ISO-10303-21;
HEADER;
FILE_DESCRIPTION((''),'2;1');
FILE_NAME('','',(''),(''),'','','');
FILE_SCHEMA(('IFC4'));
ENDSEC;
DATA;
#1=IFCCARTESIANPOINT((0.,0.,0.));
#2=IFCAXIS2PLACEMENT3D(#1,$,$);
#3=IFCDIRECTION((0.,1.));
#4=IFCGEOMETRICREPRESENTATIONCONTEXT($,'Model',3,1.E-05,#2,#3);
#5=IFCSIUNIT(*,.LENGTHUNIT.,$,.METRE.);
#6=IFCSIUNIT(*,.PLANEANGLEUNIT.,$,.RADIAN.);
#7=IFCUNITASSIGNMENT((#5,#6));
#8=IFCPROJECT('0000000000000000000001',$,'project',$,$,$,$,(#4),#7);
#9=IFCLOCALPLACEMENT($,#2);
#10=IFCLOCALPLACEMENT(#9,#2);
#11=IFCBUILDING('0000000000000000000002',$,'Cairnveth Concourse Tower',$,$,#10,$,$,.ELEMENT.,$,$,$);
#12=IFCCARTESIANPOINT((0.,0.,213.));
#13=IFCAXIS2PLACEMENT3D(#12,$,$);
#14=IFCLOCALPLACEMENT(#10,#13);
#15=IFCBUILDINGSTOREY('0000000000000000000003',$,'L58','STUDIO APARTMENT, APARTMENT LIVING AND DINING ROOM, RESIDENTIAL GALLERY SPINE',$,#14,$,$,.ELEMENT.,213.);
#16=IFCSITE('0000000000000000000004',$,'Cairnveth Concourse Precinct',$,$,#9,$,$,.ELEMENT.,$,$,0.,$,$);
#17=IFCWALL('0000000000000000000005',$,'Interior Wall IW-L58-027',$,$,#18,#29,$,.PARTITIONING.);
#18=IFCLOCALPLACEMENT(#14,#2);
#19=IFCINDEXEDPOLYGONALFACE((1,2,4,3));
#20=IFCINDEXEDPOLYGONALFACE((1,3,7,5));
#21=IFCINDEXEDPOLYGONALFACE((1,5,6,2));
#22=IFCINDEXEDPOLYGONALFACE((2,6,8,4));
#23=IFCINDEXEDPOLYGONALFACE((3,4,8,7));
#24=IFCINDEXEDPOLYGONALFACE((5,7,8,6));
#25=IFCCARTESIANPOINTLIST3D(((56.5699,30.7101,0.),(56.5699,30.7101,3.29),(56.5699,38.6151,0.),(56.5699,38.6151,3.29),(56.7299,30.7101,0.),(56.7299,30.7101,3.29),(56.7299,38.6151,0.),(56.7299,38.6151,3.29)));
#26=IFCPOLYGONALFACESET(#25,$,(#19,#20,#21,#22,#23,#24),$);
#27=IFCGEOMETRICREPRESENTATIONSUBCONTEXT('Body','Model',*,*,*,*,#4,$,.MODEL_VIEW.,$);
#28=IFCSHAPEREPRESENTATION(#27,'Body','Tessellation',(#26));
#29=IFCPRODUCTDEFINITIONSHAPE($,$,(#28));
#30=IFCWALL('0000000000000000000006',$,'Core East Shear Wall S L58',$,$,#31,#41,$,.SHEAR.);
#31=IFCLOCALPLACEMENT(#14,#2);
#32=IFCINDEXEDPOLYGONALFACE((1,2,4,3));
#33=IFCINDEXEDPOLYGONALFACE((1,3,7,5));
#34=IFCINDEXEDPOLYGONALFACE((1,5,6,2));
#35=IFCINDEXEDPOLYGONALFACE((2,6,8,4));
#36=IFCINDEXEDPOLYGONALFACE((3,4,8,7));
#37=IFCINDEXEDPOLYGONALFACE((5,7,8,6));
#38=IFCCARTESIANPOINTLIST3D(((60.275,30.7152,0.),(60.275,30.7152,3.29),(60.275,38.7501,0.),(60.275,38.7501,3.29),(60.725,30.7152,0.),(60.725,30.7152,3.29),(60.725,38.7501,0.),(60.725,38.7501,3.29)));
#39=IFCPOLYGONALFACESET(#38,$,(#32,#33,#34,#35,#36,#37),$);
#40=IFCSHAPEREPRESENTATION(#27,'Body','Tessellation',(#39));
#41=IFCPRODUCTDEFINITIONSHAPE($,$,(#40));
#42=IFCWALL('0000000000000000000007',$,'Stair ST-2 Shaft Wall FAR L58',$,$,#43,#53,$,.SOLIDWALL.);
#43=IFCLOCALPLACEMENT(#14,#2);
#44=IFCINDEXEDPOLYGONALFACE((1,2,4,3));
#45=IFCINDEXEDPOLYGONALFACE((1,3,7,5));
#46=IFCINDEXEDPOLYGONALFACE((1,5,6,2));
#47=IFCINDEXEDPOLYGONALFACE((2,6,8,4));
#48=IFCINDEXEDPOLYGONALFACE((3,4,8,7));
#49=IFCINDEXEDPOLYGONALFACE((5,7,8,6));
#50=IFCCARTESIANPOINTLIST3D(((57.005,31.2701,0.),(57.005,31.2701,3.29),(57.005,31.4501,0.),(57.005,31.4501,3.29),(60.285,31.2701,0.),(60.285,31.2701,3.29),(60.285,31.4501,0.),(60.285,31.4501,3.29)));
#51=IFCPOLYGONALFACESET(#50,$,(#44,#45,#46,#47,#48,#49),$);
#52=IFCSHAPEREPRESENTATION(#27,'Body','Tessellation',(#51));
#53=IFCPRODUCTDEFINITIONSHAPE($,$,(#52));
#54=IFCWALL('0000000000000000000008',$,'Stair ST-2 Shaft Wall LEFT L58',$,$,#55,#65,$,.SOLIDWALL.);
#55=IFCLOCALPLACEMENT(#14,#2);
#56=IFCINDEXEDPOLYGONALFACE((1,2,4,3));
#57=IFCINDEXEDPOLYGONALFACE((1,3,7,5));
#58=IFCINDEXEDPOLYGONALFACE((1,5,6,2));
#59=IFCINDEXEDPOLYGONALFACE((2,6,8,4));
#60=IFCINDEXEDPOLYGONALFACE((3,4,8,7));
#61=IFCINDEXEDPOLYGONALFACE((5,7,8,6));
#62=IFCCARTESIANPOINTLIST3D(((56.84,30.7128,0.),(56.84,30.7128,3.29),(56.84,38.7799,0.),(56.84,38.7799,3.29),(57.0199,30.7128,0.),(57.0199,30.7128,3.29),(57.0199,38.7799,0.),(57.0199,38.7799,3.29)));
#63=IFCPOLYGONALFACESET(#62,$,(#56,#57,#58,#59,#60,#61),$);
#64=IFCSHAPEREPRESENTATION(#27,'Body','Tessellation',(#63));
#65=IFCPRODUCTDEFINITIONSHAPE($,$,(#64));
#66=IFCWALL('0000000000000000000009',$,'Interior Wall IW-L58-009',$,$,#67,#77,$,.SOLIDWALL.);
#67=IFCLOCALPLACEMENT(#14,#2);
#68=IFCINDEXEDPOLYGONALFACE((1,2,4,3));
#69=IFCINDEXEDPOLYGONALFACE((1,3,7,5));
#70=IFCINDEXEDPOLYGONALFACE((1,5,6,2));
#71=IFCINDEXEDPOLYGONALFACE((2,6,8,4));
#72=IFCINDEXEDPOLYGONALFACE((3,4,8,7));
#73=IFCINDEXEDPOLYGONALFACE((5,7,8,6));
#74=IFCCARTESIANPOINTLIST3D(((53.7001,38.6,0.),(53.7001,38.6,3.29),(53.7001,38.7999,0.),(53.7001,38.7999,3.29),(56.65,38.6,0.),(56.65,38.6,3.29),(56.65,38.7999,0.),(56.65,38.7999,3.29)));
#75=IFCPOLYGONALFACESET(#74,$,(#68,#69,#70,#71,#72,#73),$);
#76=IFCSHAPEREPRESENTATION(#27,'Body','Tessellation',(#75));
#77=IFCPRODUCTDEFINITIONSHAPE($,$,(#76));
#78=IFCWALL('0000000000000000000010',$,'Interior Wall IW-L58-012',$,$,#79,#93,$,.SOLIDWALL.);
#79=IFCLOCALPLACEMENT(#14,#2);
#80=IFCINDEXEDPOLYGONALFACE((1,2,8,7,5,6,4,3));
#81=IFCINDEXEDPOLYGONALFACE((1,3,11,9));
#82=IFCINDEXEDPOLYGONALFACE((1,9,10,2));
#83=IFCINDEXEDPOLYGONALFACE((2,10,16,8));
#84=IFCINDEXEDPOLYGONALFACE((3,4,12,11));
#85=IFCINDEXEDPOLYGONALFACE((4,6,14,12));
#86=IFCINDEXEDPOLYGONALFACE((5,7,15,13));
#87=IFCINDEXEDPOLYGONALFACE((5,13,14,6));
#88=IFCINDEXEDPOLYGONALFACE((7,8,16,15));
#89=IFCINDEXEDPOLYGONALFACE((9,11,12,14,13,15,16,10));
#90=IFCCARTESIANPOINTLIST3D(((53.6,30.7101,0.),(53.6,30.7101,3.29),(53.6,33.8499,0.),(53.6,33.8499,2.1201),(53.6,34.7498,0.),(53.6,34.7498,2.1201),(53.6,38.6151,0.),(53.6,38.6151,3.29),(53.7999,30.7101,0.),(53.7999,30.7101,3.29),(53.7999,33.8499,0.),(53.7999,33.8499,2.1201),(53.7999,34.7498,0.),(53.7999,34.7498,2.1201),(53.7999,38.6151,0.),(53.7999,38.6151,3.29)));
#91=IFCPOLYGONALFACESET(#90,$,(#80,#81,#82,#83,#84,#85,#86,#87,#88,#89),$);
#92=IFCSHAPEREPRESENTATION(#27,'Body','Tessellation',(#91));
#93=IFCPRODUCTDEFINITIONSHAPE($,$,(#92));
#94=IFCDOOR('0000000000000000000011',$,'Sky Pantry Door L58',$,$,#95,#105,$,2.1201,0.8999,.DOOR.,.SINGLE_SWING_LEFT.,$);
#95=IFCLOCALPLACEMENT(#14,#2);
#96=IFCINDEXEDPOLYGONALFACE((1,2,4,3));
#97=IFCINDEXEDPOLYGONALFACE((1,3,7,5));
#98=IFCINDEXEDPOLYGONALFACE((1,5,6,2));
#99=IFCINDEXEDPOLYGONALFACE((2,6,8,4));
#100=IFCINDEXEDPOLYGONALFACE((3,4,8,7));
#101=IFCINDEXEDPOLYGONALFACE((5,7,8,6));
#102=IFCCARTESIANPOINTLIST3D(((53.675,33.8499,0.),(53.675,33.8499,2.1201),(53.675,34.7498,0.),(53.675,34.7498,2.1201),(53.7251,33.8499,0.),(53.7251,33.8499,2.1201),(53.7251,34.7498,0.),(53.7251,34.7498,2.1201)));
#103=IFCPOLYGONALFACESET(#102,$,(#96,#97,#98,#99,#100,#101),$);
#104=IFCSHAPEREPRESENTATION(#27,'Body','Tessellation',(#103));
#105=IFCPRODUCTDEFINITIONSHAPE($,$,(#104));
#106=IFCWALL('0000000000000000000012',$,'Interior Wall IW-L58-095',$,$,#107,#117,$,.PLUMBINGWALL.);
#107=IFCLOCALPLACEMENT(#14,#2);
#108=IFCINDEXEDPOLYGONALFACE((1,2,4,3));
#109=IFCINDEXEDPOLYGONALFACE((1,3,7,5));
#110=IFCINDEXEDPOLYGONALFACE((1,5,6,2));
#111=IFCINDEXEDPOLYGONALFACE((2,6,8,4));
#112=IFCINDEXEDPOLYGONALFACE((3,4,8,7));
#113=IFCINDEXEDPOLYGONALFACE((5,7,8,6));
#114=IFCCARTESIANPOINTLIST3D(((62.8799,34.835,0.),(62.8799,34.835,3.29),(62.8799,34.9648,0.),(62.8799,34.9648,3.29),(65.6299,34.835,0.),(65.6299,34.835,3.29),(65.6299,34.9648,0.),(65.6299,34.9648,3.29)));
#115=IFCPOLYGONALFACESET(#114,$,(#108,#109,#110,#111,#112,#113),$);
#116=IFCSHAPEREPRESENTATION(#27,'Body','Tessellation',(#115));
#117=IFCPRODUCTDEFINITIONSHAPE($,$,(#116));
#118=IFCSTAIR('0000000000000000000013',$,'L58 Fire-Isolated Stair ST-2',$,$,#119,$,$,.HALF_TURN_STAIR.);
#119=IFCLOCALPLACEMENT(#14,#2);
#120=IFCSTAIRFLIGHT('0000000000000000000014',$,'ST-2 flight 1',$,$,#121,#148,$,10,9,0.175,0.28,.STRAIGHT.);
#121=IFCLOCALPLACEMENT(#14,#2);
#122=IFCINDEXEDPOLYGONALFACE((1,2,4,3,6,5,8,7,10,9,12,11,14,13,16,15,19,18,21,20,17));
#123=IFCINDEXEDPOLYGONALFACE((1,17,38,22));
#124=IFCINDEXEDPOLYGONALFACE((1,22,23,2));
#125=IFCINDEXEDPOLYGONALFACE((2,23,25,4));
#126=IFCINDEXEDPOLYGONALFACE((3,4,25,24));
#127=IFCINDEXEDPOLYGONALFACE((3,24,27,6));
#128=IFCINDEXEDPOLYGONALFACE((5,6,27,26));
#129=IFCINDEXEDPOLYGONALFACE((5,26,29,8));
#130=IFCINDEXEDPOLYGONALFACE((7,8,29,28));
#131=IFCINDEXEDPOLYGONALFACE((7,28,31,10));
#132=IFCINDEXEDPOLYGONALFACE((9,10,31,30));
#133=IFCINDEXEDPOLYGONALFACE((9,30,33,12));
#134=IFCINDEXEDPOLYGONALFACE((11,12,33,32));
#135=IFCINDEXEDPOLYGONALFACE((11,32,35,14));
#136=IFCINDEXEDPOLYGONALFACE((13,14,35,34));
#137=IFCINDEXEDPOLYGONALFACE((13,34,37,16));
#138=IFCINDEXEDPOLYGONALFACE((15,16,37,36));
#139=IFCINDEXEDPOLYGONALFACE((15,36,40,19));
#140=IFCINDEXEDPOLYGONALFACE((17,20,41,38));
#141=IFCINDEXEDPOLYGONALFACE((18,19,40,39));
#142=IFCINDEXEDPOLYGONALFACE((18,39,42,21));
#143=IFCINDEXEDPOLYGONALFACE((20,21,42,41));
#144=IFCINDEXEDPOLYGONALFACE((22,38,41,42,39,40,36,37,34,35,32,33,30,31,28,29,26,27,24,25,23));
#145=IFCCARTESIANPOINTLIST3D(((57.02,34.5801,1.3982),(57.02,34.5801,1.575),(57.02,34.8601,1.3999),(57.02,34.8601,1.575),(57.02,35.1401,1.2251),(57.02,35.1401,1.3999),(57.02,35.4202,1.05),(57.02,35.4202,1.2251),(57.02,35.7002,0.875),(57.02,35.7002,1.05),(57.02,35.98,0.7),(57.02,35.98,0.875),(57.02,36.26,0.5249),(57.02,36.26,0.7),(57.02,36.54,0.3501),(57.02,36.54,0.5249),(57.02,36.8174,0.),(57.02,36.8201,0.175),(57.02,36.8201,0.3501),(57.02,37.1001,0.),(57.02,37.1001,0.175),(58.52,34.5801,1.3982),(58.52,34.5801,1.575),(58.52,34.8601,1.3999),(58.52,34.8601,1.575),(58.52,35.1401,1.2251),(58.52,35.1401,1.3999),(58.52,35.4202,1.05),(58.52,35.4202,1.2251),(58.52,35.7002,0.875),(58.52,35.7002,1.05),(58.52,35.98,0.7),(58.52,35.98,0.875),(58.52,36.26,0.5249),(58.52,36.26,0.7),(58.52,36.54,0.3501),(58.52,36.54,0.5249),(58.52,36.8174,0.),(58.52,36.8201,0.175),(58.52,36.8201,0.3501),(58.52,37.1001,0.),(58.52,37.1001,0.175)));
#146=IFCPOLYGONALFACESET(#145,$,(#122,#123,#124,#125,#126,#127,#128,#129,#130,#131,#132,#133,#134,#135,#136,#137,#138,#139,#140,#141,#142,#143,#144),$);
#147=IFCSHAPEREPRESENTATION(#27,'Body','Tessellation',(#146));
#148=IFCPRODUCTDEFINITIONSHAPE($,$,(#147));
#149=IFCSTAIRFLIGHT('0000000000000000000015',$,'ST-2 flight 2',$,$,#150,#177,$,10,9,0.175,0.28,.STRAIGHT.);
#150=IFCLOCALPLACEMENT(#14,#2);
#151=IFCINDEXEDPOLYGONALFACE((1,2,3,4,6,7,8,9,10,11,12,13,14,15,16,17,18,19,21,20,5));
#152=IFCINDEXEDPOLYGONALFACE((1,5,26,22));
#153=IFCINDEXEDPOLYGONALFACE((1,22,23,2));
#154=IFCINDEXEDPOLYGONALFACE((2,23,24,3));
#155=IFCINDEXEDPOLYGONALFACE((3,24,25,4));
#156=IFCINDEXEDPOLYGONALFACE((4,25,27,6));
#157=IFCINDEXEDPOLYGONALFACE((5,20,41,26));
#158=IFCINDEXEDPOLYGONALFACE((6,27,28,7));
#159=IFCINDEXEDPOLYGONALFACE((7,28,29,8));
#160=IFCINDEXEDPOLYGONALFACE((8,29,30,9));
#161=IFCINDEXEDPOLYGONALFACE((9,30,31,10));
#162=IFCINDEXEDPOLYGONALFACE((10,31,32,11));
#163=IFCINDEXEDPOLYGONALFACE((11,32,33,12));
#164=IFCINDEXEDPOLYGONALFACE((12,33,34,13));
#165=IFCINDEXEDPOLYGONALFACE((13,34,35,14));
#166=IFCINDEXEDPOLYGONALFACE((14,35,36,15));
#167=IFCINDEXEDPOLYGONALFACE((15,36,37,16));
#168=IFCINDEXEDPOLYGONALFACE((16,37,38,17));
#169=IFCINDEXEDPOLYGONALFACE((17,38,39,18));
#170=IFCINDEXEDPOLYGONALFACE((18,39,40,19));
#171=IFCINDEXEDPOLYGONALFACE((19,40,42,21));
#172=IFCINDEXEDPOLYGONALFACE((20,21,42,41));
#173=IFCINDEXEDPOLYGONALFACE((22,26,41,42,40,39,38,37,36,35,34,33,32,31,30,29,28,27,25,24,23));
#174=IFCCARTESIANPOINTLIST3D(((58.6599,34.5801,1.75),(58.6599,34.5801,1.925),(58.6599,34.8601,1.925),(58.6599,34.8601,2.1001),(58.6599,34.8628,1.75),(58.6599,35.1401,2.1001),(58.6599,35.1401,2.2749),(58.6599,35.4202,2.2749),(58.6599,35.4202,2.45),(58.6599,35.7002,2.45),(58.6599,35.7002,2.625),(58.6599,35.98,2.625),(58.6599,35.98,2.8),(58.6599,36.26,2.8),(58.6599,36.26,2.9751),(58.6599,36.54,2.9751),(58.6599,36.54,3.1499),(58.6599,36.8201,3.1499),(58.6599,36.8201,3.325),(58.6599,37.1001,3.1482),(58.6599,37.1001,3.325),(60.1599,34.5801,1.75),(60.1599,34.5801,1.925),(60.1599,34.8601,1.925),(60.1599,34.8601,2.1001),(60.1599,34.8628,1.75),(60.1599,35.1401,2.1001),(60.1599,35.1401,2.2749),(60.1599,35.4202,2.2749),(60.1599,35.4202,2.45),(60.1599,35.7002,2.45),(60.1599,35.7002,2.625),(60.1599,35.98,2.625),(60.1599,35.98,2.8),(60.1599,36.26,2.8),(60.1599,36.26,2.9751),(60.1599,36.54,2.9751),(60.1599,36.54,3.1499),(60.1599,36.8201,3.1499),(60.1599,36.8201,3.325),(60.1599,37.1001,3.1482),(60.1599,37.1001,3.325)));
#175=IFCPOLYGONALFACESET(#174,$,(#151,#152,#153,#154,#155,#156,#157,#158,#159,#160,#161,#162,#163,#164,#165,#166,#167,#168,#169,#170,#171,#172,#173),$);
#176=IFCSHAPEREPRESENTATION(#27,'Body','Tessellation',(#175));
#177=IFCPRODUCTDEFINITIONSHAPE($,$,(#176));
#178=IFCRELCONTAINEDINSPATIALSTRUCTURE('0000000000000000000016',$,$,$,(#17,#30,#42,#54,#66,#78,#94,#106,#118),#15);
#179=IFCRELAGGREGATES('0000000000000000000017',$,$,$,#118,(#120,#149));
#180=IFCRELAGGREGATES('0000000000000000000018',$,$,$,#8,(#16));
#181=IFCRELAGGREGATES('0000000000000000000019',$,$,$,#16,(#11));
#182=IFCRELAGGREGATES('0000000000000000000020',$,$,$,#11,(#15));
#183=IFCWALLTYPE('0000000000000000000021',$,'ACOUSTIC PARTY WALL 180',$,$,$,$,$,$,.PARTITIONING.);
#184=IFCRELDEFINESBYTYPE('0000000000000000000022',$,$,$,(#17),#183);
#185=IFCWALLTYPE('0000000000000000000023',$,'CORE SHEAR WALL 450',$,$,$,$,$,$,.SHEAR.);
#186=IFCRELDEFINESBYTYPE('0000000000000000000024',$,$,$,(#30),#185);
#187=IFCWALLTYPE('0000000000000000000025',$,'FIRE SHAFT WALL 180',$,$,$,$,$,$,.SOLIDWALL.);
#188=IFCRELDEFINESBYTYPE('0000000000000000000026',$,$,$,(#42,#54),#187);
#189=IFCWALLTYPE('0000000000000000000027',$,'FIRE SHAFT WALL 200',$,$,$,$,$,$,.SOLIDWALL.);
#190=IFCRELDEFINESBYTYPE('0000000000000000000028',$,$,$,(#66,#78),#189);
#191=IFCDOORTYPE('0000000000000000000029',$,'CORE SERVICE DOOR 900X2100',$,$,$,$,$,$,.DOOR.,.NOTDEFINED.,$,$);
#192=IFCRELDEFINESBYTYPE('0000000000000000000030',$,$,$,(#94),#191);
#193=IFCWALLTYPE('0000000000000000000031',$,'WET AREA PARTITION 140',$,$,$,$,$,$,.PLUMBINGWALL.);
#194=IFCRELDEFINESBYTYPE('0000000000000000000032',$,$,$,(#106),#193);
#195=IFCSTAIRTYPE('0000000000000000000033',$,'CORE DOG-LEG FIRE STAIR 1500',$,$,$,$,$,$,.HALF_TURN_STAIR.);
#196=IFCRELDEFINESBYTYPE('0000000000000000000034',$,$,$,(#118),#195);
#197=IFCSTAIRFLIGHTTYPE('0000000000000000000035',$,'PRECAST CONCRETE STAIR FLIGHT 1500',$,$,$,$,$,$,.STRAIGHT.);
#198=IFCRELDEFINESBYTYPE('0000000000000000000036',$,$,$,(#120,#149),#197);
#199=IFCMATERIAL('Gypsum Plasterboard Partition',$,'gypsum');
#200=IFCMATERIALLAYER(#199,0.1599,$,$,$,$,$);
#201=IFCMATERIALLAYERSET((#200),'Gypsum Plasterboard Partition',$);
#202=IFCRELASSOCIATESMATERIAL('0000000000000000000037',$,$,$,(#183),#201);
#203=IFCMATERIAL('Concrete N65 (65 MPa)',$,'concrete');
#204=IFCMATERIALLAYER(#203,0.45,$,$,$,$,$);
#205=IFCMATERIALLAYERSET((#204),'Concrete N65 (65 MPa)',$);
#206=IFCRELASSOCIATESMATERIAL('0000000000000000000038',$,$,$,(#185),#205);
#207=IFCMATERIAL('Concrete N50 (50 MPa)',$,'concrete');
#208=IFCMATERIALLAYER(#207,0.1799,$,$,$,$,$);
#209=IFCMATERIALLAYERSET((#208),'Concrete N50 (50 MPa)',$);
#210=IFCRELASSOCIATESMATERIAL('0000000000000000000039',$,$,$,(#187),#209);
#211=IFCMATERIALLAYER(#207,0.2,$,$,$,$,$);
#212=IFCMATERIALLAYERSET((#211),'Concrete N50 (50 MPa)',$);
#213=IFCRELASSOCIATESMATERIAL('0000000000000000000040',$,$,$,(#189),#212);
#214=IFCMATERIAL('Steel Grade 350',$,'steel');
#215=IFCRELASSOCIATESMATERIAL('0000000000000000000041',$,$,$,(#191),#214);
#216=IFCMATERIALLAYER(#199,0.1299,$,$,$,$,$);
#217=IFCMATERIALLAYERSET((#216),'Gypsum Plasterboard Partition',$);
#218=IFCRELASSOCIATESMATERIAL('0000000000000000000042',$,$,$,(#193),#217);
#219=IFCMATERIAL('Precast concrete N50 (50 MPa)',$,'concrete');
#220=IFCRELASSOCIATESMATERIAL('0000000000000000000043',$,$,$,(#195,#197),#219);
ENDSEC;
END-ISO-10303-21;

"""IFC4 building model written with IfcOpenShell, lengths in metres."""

from ifc_helpers import new_model, si_unit, direction, frame, frame_2d, origin, place, context, subcontext, project, spatial, polyline, rectangle, outline, extrude, material, layer, layer_set, type_object, element, fill, aggregate, save


model = new_model("IFC4")

# Units and contexts
model_context = context("Model", 3, precision=1e-05, world=origin(), true_north=direction((0.0, 1.0)))
body_context = subcontext(model_context, "Body", "Model", "MODEL_VIEW")
ifc_project = project(units=[si_unit("LENGTHUNIT", "METRE"), si_unit("PLANEANGLEUNIT", "RADIAN")], contexts=[model_context])

# Site, building, storey
site_placement = place(None, origin())
site = spatial("IfcSite", under=ifc_project, at=site_placement, Name="Cairnveth Concourse Precinct", CompositionType="ELEMENT", RefElevation=0.0)
building_placement = place(site_placement, origin())
building = spatial("IfcBuilding", under=site, at=building_placement, Name="Cairnveth Concourse Tower", CompositionType="ELEMENT")
storey_placement = place(building_placement, frame((0.0, 0.0, 213.0)))
storey = spatial("IfcBuildingStorey", under=building, at=storey_placement, Name="L58", Description="STUDIO APARTMENT, APARTMENT LIVING AND DINING ROOM, RESIDENTIAL GALLERY SPINE", CompositionType="ELEMENT", Elevation=213.0)

# Walls
ifc_material_1 = material(Name="Gypsum Plasterboard Partition", Category="gypsum")
ifc_layer_1 = layer(ifc_material_1, 0.1599)
ifc_layer_set_1 = layer_set([ifc_layer_1], Name="Gypsum Plasterboard Partition")
wall_type_1 = type_object("IfcWallType", Name="ACOUSTIC PARTY WALL 180", PredefinedType="PARTITIONING", material=ifc_layer_set_1)
wall_1_placement = place(storey_placement, frame((56.6499, 30.71, 0.0), z_axis=(0.0, 0.0, 1.0), x_axis=(0.0, 1.0, 0.0)))
element("IfcWall", 1, at=wall_1_placement, inside=storey, type_object=wall_type_1, Name="Interior Wall IW-L58-027", PredefinedType="PARTITIONING", context=body_context, shape_type="SweptSolid", body=[
    extrude(rectangle(XDim=7.905, YDim=0.1599, at=frame_2d((3.9526, 0.0))), origin(), (0.0, 0.0, 1.0), 3.29),
])
ifc_material_2 = material(Name="Concrete N65 (65 MPa)", Category="concrete")
ifc_layer_2 = layer(ifc_material_2, 0.45)
ifc_layer_set_2 = layer_set([ifc_layer_2], Name="Concrete N65 (65 MPa)")
wall_type_2 = type_object("IfcWallType", Name="CORE SHEAR WALL 450", PredefinedType="SHEAR", material=ifc_layer_set_2)
wall_2_placement = place(storey_placement, frame((60.5, 30.7151, 0.0), z_axis=(0.0, 0.0, 1.0), x_axis=(0.0, 1.0, 0.0)))
element("IfcWall", 2, at=wall_2_placement, inside=storey, type_object=wall_type_2, Name="Core East Shear Wall S L58", PredefinedType="SHEAR", context=body_context, shape_type="SweptSolid", body=[
    extrude(rectangle(XDim=8.0349, YDim=0.45, at=frame_2d((4.0176, 0.0))), origin(), (0.0, 0.0, 1.0), 3.29),
])

# Shared definitions
ifc_material_3 = material(Name="Concrete N50 (50 MPa)", Category="concrete")
ifc_layer_3 = layer(ifc_material_3, 0.1799)
ifc_layer_set_3 = layer_set([ifc_layer_3], Name="Concrete N50 (50 MPa)")
wall_type_3 = type_object("IfcWallType", Name="FIRE SHAFT WALL 180", PredefinedType="SOLIDWALL", material=ifc_layer_set_3)
ifc_material_4 = material(Name="Steel Grade 350", Category="steel")

# Walls
wall_3_placement = place(storey_placement, frame((57.0049, 31.3601, 0.0), z_axis=(0.0, 0.0, 1.0), x_axis=(1.0, 0.0, 0.0)))
element("IfcWall", 3, at=wall_3_placement, inside=storey, type_object=wall_type_3, Name="Stair ST-2 Shaft Wall FAR L58", PredefinedType="SOLIDWALL", context=body_context, shape_type="SweptSolid", body=[
    extrude(rectangle(XDim=3.28, YDim=0.1799, at=frame_2d((1.6401, 0.0))), origin(), (0.0, 0.0, 1.0), 3.29),
])
wall_4_placement = place(storey_placement, frame((56.9299, 38.78, 0.0), z_axis=(0.0, 0.0, 1.0), x_axis=(0.0, -1.0, 0.0)))
element("IfcWall", 4, at=wall_4_placement, inside=storey, type_object=wall_type_3, Name="Stair ST-2 Shaft Wall LEFT L58", PredefinedType="SOLIDWALL", context=body_context, shape_type="SweptSolid", body=[
    extrude(rectangle(XDim=8.0671, YDim=0.1799, at=frame_2d((4.0337, 0.0))), origin(), (0.0, 0.0, 1.0), 3.29),
])
ifc_layer_4 = layer(ifc_material_3, 0.2)
ifc_layer_set_4 = layer_set([ifc_layer_4], Name="Concrete N50 (50 MPa)")
wall_type_4 = type_object("IfcWallType", Name="FIRE SHAFT WALL 200", PredefinedType="SOLIDWALL", material=ifc_layer_set_4)
wall_5_placement = place(storey_placement, frame((53.7, 38.7, 0.0), z_axis=(0.0, 0.0, 1.0), x_axis=(1.0, 0.0, 0.0)))
element("IfcWall", 5, at=wall_5_placement, inside=storey, type_object=wall_type_4, Name="Interior Wall IW-L58-009", PredefinedType="SOLIDWALL", context=body_context, shape_type="SweptSolid", body=[
    extrude(rectangle(XDim=2.95, YDim=0.2, at=frame_2d((1.4751, 0.0))), origin(), (0.0, 0.0, 1.0), 3.29),
])

# Wall, opening, door
wall_6_placement = place(storey_placement, frame((53.7, 30.71, 0.0), z_axis=(0.0, 0.0, 1.0), x_axis=(0.0, 1.0, 0.0)))
wall_6 = element("IfcWall", 6, at=wall_6_placement, inside=storey, type_object=wall_type_4, Name="Interior Wall IW-L58-012", PredefinedType="SOLIDWALL", context=body_context, shape_type="SweptSolid", body=[
    extrude(rectangle(XDim=7.905, YDim=0.2, at=frame_2d((3.9526, 0.0))), origin(), (0.0, 0.0, 1.0), 3.29),
])
opening_1_placement = place(wall_6_placement, frame((3.1399, 0.0, 0.0)))
opening_1 = element("IfcOpeningElement", 7, at=opening_1_placement, cuts=wall_6, PredefinedType="OPENING", context=body_context, shape_type="SweptSolid", body=[
    extrude(rectangle(XDim=0.8999, YDim=2.1201, at=frame_2d((0.45, 1.0601))), frame((0.0, 0.1099, 0.0), z_axis=(0.0, -1.0, 0.0), x_axis=(1.0, 0.0, 0.0)), (0.0, 0.0, 1.0), 0.22),
])
door_type_1 = type_object("IfcDoorType", Name="CORE SERVICE DOOR 900X2100", OperationType="NOTDEFINED", PredefinedType="DOOR", material=ifc_material_4)
door_1_placement = place(opening_1_placement, origin())
door_1 = element("IfcDoor", 8, at=door_1_placement, inside=storey, type_object=door_type_1, Name="Sky Pantry Door L58", OperationType="SINGLE_SWING_LEFT", OverallHeight=2.1201, OverallWidth=0.8999, PredefinedType="DOOR", context=body_context, shape_type="SweptSolid", body=[
    extrude(rectangle(XDim=0.8999, YDim=2.1201, at=frame_2d((0.45, 1.0601))), frame((0.0, 0.0249, 0.0), z_axis=(0.0, -1.0, 0.0), x_axis=(1.0, 0.0, 0.0)), (0.0, 0.0, 1.0), 0.05),
])
fill(opening_1, door_1)

# Wall
ifc_layer_5 = layer(ifc_material_1, 0.1299)
ifc_layer_set_5 = layer_set([ifc_layer_5], Name="Gypsum Plasterboard Partition")
wall_type_5 = type_object("IfcWallType", Name="WET AREA PARTITION 140", PredefinedType="PLUMBINGWALL", material=ifc_layer_set_5)
wall_7_placement = place(storey_placement, frame((62.8799, 34.8999, 0.0), z_axis=(0.0, 0.0, 1.0), x_axis=(1.0, 0.0, 0.0)))
element("IfcWall", 9, at=wall_7_placement, inside=storey, type_object=wall_type_5, Name="Interior Wall IW-L58-095", PredefinedType="PLUMBINGWALL", context=body_context, shape_type="SweptSolid", body=[
    extrude(rectangle(XDim=2.75, YDim=0.1299, at=frame_2d((1.375, 0.0))), origin(), (0.0, 0.0, 1.0), 3.29),
])

# Stair, stair flights
ifc_material_5 = material(Name="Precast concrete N50 (50 MPa)", Category="concrete")
stair_type = type_object("IfcStairType", Name="CORE DOG-LEG FIRE STAIR 1500", PredefinedType="HALF_TURN_STAIR", material=ifc_material_5)
stair_placement = place(storey_placement, origin())
stair = element("IfcStair", 10, at=stair_placement, inside=storey, type_object=stair_type, Name="L58 Fire-Isolated Stair ST-2", PredefinedType="HALF_TURN_STAIR")
stair_flight_type = type_object("IfcStairFlightType", Name="PRECAST CONCRETE STAIR FLIGHT 1500", PredefinedType="STRAIGHT", material=ifc_material_5)
stair_flight_1_placement = place(storey_placement, frame((57.77, 37.1001, 0.0), z_axis=(0.0, 0.0, 1.0), x_axis=(0.0, -1.0, 0.0)))
stair_flight_1 = element("IfcStairFlight", 11, at=stair_flight_1_placement, type_object=stair_flight_type, Name="ST-2 flight 1", NumberOfRisers=10, NumberOfTreads=9, PredefinedType="STRAIGHT", RiserHeight=0.175, TreadLength=0.28, context=body_context, shape_type="SweptSolid", body=[
    extrude(outline(polyline([(0.0, 0.0), (0.0, 0.175), (0.28, 0.175), (0.28, 0.3501), (0.5601, 0.3501), (0.5601, 0.5249), (0.8401, 0.5249), (0.8401, 0.7), (1.1201, 0.7), (1.1201, 0.875), (1.3999, 0.875), (1.3999, 1.05), (1.6799, 1.05), (1.6799, 1.2251), (1.96, 1.2251), (1.96, 1.3999), (2.24, 1.3999), (2.24, 1.575), (2.52, 1.575), (2.52, 1.75), (2.52, 1.3982), (0.2827, 0.0), (0.0, 0.0)])), frame((0.0, 0.75, 0.0), z_axis=(0.0, -1.0, 0.0), x_axis=(1.0, 0.0, 0.0)), (0.0, 0.0, 1.0), 1.5),
])
stair_flight_2_placement = place(storey_placement, frame((59.4099, 34.5801, 1.75), z_axis=(0.0, 0.0, 1.0), x_axis=(0.0, 1.0, 0.0)))
stair_flight_2 = element("IfcStairFlight", 12, at=stair_flight_2_placement, type_object=stair_flight_type, Name="ST-2 flight 2", NumberOfRisers=10, NumberOfTreads=9, PredefinedType="STRAIGHT", RiserHeight=0.175, TreadLength=0.28, context=body_context, shape_type="SweptSolid", body=[
    extrude(outline(polyline([(0.0, 0.0), (0.0, 0.175), (0.28, 0.175), (0.28, 0.3501), (0.5601, 0.3501), (0.5601, 0.5249), (0.8401, 0.5249), (0.8401, 0.7), (1.1201, 0.7), (1.1201, 0.875), (1.3999, 0.875), (1.3999, 1.05), (1.6799, 1.05), (1.6799, 1.2251), (1.96, 1.2251), (1.96, 1.3999), (2.24, 1.3999), (2.24, 1.575), (2.52, 1.575), (2.52, 1.75), (2.52, 1.3982), (0.2827, 0.0), (0.0, 0.0)])), frame((0.0, 0.75, 0.0), z_axis=(0.0, -1.0, 0.0), x_axis=(1.0, 0.0, 0.0)), (0.0, 0.0, 1.0), 1.5),
])
aggregate(stair, [stair_flight_1, stair_flight_2])

save(model, "model.ifc")
